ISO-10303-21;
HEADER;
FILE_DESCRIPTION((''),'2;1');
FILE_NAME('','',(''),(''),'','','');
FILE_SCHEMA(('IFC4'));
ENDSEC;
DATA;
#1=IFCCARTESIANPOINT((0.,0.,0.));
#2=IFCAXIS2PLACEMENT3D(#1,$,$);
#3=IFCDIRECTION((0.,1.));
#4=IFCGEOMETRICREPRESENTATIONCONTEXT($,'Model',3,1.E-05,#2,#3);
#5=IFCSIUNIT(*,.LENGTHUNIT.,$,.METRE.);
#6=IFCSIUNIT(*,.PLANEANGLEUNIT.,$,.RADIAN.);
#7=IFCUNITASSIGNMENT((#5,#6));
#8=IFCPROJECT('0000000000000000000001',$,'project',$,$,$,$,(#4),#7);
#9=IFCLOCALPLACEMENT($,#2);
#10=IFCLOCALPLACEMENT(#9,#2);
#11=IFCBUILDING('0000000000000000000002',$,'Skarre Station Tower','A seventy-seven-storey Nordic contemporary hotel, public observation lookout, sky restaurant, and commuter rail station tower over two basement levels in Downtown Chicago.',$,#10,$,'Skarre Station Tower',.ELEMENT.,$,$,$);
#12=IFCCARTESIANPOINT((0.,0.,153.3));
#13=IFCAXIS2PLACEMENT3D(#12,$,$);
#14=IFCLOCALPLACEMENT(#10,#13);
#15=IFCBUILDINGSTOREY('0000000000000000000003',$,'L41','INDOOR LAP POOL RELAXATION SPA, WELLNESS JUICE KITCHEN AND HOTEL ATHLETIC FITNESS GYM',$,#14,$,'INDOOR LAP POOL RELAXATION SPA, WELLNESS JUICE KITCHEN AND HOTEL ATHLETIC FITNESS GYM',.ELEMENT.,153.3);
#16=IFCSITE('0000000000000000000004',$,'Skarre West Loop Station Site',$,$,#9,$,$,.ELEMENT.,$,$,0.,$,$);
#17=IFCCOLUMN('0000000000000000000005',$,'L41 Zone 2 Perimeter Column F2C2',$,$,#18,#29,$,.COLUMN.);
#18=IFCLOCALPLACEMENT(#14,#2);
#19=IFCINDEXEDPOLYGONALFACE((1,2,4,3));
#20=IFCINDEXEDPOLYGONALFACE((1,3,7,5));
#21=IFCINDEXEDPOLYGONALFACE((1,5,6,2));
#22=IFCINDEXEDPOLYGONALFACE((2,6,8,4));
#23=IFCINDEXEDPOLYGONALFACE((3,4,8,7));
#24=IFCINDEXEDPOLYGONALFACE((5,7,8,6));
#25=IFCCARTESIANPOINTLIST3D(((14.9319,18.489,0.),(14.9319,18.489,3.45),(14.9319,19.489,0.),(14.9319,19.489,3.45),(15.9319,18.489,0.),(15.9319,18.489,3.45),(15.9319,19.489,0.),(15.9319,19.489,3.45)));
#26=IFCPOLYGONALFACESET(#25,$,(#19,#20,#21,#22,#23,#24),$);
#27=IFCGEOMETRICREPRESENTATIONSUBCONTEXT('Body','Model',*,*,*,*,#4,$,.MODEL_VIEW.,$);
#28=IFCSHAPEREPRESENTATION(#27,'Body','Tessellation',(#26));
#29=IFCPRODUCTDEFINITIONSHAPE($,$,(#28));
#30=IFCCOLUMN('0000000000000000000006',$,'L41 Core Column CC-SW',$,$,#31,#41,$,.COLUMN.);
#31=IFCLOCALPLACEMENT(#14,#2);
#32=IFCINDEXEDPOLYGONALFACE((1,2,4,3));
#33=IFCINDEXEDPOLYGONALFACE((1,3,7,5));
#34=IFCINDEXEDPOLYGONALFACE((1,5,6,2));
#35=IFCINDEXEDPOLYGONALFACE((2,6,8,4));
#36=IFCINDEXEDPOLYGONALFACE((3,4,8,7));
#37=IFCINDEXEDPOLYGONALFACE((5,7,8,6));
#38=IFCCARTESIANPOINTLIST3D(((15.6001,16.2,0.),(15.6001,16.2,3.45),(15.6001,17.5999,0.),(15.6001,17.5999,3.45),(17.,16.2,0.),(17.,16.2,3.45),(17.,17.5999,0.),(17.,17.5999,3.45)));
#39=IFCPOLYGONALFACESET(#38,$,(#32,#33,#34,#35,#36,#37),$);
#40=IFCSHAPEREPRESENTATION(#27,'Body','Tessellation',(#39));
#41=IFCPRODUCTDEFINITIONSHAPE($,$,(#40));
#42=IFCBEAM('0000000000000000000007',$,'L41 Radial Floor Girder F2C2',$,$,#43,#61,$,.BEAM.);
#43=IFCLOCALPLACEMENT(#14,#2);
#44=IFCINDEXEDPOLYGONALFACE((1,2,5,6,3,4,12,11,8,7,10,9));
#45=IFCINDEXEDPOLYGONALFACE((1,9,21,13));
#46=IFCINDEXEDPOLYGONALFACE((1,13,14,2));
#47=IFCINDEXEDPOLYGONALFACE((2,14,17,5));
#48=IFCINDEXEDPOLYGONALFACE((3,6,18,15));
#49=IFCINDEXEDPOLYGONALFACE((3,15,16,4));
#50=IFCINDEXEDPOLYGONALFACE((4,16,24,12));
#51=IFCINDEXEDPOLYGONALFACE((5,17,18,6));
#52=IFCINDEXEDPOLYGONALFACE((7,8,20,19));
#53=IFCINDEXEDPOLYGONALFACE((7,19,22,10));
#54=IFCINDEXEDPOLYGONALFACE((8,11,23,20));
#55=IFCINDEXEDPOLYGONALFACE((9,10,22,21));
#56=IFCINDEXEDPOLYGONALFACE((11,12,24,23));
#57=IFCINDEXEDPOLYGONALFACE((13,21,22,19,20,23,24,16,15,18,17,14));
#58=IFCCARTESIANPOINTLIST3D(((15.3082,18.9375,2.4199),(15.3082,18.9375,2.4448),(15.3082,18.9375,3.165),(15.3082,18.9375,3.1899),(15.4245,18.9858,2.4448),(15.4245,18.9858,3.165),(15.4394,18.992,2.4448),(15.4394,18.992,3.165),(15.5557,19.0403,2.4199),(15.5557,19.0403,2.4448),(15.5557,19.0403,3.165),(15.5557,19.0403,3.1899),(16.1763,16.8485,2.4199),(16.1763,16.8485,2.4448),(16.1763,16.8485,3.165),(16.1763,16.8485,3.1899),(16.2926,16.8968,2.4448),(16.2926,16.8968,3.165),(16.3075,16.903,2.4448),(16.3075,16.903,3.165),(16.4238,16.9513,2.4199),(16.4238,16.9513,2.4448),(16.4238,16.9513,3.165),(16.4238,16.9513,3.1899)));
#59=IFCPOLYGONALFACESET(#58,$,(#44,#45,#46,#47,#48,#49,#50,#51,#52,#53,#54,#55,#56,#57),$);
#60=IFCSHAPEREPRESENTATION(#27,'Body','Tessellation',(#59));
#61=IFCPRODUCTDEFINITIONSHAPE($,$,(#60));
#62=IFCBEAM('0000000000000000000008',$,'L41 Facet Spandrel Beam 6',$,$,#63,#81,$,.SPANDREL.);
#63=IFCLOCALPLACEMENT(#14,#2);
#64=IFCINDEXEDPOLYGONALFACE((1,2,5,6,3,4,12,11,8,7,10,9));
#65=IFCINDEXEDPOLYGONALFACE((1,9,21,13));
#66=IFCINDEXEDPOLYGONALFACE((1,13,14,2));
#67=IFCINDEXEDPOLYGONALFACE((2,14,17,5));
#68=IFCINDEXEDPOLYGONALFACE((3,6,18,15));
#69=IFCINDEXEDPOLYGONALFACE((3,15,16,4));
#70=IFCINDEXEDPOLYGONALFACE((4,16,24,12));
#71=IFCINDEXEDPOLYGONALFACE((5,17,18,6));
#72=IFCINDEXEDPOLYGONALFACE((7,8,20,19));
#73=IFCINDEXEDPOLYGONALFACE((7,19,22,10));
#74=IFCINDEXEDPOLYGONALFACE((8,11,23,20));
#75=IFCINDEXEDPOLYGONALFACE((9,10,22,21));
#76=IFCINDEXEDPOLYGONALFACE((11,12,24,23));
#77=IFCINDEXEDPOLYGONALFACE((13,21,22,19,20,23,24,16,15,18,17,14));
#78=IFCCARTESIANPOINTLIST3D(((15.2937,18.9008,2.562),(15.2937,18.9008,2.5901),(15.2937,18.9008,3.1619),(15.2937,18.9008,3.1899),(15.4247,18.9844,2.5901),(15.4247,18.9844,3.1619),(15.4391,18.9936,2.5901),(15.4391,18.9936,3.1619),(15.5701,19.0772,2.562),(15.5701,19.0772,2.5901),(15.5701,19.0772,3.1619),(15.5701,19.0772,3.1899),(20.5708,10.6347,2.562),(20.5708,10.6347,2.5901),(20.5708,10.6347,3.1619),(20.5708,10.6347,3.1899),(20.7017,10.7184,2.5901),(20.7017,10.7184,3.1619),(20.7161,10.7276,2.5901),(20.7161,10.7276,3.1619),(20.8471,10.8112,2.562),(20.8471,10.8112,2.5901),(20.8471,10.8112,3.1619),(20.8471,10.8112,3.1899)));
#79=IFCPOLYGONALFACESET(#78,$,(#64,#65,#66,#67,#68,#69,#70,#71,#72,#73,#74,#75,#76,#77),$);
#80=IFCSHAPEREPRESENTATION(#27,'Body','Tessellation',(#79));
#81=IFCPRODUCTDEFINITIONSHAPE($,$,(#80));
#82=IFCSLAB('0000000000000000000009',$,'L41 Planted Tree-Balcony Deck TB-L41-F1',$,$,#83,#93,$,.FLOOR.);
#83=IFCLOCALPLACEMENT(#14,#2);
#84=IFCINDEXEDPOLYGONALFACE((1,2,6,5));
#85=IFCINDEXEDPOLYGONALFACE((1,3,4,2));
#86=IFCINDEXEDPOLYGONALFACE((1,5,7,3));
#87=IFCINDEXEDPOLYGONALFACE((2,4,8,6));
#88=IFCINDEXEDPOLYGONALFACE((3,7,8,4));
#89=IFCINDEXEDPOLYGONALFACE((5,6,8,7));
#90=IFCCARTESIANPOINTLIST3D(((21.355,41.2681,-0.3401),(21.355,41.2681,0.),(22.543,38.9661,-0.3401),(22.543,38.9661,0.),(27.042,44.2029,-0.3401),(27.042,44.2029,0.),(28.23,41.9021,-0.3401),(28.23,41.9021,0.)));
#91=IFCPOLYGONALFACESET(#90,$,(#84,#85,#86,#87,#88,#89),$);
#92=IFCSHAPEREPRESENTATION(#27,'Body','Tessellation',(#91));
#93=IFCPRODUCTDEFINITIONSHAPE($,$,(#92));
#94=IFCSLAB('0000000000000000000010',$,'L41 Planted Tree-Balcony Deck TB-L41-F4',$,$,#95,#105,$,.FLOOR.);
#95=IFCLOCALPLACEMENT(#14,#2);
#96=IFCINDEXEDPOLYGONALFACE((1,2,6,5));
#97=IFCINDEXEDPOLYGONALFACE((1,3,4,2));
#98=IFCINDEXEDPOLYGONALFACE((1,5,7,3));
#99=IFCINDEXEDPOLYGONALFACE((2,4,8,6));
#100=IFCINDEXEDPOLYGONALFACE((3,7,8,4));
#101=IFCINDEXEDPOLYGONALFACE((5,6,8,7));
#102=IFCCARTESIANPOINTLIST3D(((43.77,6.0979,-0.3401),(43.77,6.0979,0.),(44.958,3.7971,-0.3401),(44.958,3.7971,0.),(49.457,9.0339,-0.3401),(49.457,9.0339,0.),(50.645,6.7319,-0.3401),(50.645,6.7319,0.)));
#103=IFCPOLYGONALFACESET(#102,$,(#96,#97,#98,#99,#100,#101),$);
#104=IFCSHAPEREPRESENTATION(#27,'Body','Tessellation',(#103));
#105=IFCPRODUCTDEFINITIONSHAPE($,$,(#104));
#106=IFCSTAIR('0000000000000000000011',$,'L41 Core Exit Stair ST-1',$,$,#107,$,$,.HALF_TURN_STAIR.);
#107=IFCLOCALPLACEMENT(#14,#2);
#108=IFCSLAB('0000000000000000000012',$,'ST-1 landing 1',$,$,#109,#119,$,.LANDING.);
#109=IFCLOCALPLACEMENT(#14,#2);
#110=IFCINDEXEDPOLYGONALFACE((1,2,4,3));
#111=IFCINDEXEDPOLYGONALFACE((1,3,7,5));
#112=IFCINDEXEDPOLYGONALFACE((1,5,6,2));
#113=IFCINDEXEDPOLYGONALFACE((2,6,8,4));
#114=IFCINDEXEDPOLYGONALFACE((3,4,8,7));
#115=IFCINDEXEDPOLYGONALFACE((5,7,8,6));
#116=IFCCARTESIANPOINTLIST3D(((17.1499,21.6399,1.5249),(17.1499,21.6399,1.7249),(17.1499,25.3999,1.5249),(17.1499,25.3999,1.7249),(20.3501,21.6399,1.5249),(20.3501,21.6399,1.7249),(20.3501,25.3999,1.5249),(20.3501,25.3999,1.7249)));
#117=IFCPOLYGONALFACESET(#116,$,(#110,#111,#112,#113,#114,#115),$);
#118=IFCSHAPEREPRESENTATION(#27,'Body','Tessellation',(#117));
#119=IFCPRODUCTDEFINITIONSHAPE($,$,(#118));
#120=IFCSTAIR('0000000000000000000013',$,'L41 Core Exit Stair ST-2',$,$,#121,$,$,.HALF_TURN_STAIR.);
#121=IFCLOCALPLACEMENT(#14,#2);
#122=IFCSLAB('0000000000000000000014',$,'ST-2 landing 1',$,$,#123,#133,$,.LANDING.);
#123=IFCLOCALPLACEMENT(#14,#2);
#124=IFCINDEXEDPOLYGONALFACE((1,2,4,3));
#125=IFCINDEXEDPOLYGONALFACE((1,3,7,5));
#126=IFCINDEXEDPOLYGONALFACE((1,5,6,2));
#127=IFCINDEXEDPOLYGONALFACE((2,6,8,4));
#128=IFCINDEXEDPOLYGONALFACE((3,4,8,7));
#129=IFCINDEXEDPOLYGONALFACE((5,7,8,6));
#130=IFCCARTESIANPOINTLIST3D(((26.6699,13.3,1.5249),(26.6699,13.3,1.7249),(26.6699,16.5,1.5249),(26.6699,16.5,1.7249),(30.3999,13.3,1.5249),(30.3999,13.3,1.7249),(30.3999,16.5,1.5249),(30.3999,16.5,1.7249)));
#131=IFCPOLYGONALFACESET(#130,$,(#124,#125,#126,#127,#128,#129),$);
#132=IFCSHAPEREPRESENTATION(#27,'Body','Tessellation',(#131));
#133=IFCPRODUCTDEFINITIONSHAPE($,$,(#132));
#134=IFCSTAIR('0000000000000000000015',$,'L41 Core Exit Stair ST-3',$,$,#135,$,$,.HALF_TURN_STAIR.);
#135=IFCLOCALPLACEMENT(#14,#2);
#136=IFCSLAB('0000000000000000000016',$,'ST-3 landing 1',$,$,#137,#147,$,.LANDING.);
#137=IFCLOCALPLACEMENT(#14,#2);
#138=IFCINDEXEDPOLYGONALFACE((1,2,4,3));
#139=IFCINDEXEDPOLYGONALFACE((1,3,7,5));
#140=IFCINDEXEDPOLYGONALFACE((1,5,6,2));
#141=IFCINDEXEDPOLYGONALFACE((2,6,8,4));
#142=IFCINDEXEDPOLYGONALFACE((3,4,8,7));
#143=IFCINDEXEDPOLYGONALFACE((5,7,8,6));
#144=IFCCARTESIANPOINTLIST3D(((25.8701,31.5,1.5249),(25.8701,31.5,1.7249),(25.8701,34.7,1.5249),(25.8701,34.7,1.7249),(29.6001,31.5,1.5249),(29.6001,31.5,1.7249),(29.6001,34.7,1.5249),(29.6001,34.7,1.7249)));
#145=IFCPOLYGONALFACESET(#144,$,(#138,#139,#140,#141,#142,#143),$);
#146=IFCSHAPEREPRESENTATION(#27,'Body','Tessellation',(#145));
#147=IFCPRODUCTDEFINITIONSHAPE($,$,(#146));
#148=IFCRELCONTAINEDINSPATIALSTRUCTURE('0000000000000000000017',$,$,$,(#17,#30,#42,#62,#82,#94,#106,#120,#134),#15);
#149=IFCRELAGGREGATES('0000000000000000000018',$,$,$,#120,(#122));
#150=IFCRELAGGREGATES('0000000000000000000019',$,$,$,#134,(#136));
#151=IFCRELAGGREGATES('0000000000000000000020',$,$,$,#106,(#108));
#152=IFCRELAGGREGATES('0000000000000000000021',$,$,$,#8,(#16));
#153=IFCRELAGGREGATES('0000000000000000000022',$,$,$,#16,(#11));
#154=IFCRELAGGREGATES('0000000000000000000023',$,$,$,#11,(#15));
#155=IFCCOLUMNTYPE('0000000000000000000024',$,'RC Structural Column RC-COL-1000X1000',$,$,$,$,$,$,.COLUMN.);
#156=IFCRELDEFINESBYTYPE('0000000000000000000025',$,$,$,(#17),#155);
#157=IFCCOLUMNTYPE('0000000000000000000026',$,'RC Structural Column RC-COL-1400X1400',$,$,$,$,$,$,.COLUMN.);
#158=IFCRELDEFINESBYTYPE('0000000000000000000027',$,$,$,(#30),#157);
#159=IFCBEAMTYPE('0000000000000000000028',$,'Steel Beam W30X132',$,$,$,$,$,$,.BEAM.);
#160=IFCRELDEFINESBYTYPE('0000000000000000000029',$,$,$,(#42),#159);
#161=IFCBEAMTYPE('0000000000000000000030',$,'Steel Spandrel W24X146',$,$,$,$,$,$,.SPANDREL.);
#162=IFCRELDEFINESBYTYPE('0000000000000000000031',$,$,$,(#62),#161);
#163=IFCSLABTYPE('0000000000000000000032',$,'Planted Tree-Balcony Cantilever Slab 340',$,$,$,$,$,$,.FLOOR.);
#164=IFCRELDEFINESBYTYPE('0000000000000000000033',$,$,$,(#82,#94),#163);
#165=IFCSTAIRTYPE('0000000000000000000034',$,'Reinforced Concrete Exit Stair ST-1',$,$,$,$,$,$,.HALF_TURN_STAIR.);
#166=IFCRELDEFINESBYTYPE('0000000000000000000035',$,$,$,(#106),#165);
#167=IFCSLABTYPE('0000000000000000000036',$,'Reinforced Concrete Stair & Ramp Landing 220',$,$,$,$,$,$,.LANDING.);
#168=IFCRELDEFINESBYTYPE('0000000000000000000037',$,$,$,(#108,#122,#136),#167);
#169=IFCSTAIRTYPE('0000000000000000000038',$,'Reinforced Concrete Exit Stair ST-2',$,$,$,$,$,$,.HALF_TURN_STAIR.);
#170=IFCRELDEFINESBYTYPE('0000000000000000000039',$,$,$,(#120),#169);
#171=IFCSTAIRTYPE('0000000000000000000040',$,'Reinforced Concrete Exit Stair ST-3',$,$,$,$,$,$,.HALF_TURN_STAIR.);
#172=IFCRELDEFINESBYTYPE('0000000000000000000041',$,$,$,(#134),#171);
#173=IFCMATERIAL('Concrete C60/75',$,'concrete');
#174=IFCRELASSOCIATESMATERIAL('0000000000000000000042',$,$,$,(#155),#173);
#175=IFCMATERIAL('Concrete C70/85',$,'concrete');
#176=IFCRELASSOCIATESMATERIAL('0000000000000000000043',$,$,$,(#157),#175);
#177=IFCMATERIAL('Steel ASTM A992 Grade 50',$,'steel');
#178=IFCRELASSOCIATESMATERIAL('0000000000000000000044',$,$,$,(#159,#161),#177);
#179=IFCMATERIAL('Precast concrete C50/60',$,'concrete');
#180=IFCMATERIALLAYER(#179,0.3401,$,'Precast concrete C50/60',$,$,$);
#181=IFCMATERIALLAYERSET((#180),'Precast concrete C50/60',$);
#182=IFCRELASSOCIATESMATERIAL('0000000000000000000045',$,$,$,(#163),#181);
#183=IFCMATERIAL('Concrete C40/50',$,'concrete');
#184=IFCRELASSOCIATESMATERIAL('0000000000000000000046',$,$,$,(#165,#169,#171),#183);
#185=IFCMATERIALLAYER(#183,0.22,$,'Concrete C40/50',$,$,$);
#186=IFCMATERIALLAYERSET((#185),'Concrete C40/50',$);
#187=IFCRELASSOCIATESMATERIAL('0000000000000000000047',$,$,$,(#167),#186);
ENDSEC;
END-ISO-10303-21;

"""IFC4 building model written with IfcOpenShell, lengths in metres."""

from ifc_helpers import new_model, si_unit, direction, frame, origin, origin_2d, place, context, subcontext, project, spatial, polyline, rectangle, i_section, outline, extrude, material, layer, layer_set, material_profile, profile_set, type_object, element, aggregate, save


model = new_model("IFC4")

# Units and contexts
model_context = context("Model", 3, precision=1e-05, world=origin(), true_north=direction((0.0, 1.0)))
body_context = subcontext(model_context, "Body", "Model", "MODEL_VIEW")
ifc_project = project(units=[si_unit("LENGTHUNIT", "METRE"), si_unit("PLANEANGLEUNIT", "RADIAN")], contexts=[model_context])

# Site, building, storey
site_placement = place(None, origin())
site = spatial("IfcSite", under=ifc_project, at=site_placement, Name="Skarre West Loop Station Site", CompositionType="ELEMENT", RefElevation=0.0)
building_placement = place(site_placement, origin())
building = spatial("IfcBuilding", under=site, at=building_placement, Name="Skarre Station Tower", Description="A seventy-seven-storey Nordic contemporary hotel, public observation lookout, sky restaurant, and commuter rail station tower over two basement levels in Downtown Chicago.", LongName="Skarre Station Tower", CompositionType="ELEMENT")
storey_placement = place(building_placement, frame((0.0, 0.0, 153.3)))
storey = spatial("IfcBuildingStorey", under=building, at=storey_placement, Name="L41", Description="INDOOR LAP POOL RELAXATION SPA, WELLNESS JUICE KITCHEN AND HOTEL ATHLETIC FITNESS GYM", LongName="INDOOR LAP POOL RELAXATION SPA, WELLNESS JUICE KITCHEN AND HOTEL ATHLETIC FITNESS GYM", CompositionType="ELEMENT", Elevation=153.3)

# Columns
ifc_material_1 = material(Name="Concrete C60/75", Category="concrete")
ifc_material_profile_1 = material_profile(ifc_material_1, rectangle(XDim=1.0, YDim=1.0, at=origin_2d()), Name="Concrete C60/75")
ifc_profile_set_1 = profile_set([ifc_material_profile_1], Name="Concrete C60/75")
column_type_1 = type_object("IfcColumnType", Name="RC Structural Column RC-COL-1000X1000", PredefinedType="COLUMN", material=ifc_profile_set_1)
column_1_placement = place(storey_placement, frame((15.4319, 18.989, 0.0), z_axis=(0.0, 0.0, 1.0), x_axis=(1.0, 0.0, 0.0)))
element("IfcColumn", 1, at=column_1_placement, inside=storey, type_object=column_type_1, Name="L41 Zone 2 Perimeter Column F2C2", PredefinedType="COLUMN", context=body_context, shape_type="SweptSolid", body=[
    extrude(rectangle(XDim=1.0, YDim=1.0, at=origin_2d()), origin(), (0.0, 0.0, 1.0), 3.45),
])
ifc_material_2 = material(Name="Concrete C70/85", Category="concrete")
ifc_material_profile_2 = material_profile(ifc_material_2, rectangle(XDim=1.3999, YDim=1.3999, at=origin_2d()), Name="Concrete C70/85")
ifc_profile_set_2 = profile_set([ifc_material_profile_2], Name="Concrete C70/85")
column_type_2 = type_object("IfcColumnType", Name="RC Structural Column RC-COL-1400X1400", PredefinedType="COLUMN", material=ifc_profile_set_2)
column_2_placement = place(storey_placement, frame((16.3, 16.8999, 0.0), z_axis=(0.0, 0.0, 1.0), x_axis=(1.0, 0.0, 0.0)))
element("IfcColumn", 2, at=column_2_placement, inside=storey, type_object=column_type_2, Name="L41 Core Column CC-SW", PredefinedType="COLUMN", context=body_context, shape_type="SweptSolid", body=[
    extrude(rectangle(XDim=1.3999, YDim=1.3999, at=origin_2d()), origin(), (0.0, 0.0, 1.0), 3.45),
])

# Beams
ifc_material_3 = material(Name="Steel ASTM A992 Grade 50", Category="steel")
ifc_material_profile_3 = material_profile(ifc_material_3, i_section(OverallWidth=0.2681, OverallDepth=0.77, WebThickness=0.0161, FlangeThickness=0.0249, at=origin_2d()), Name="Steel ASTM A992 Grade 50")
ifc_profile_set_3 = profile_set([ifc_material_profile_3], Name="Steel ASTM A992 Grade 50")
beam_type_1 = type_object("IfcBeamType", Name="Steel Beam W30X132", PredefinedType="BEAM", material=ifc_profile_set_3)
beam_1_placement = place(storey_placement, frame((16.3, 16.8999, 2.8049), z_axis=(-0.383749, 0.923437, 0.0), x_axis=(-0.923437, -0.383749, 0.0)))
element("IfcBeam", 3, at=beam_1_placement, inside=storey, type_object=beam_type_1, Name="L41 Radial Floor Girder F2C2", PredefinedType="BEAM", context=body_context, shape_type="SweptSolid", body=[
    extrude(i_section(OverallWidth=0.2681, OverallDepth=0.77, WebThickness=0.0161, FlangeThickness=0.0249, at=origin_2d()), origin(), (0.0, 0.0, 1.0), 2.2622),
])
ifc_material_profile_4 = material_profile(ifc_material_3, i_section(OverallWidth=0.3279, OverallDepth=0.6279, WebThickness=0.0171, FlangeThickness=0.0281, at=origin_2d()), Name="Steel ASTM A992 Grade 50")
ifc_profile_set_4 = profile_set([ifc_material_profile_4], Name="Steel ASTM A992 Grade 50")
beam_type_2 = type_object("IfcBeamType", Name="Steel Spandrel W24X146", PredefinedType="SPANDREL", material=ifc_profile_set_4)
beam_2_placement = place(storey_placement, frame((15.4319, 18.989, 2.876), z_axis=(0.538098, -0.842883, 0.0), x_axis=(0.842883, 0.538098, 0.0)))
element("IfcBeam", 4, at=beam_2_placement, inside=storey, type_object=beam_type_2, Name="L41 Facet Spandrel Beam 6", PredefinedType="SPANDREL", context=body_context, shape_type="SweptSolid", body=[
    extrude(i_section(OverallWidth=0.3279, OverallDepth=0.6279, WebThickness=0.0171, FlangeThickness=0.0281, at=origin_2d()), origin(), (0.0, 0.0, 1.0), 9.8069),
])

# Slabs
ifc_material_4 = material(Name="Precast concrete C50/60", Category="concrete")
ifc_layer_1 = layer(ifc_material_4, 0.3401, Name="Precast concrete C50/60")
ifc_layer_set_1 = layer_set([ifc_layer_1], Name="Precast concrete C50/60")
slab_type_1 = type_object("IfcSlabType", Name="Planted Tree-Balcony Cantilever Slab 340", PredefinedType="FLOOR", material=ifc_layer_set_1)
slab_1_placement = place(storey_placement, frame((0.0, 0.0, -0.3401)))
element("IfcSlab", 5, at=slab_1_placement, inside=storey, type_object=slab_type_1, Name="L41 Planted Tree-Balcony Deck TB-L41-F1", PredefinedType="FLOOR", context=body_context, shape_type="SweptSolid", body=[
    extrude(outline(polyline([(28.23, 41.9021), (22.543, 38.9661), (21.355, 41.2681), (27.042, 44.2029), (28.23, 41.9021)])), origin(), (0.0, 0.0, 1.0), 0.3401),
])
slab_2_placement = place(storey_placement, frame((0.0, 0.0, -0.3401)))
element("IfcSlab", 6, at=slab_2_placement, inside=storey, type_object=slab_type_1, Name="L41 Planted Tree-Balcony Deck TB-L41-F4", PredefinedType="FLOOR", context=body_context, shape_type="SweptSolid", body=[
    extrude(outline(polyline([(43.77, 6.0979), (49.457, 9.0339), (50.645, 6.7319), (44.958, 3.7971), (43.77, 6.0979)])), origin(), (0.0, 0.0, 1.0), 0.3401),
])

# Stairs, slabs
ifc_material_5 = material(Name="Concrete C40/50", Category="concrete")
stair_type_1 = type_object("IfcStairType", Name="Reinforced Concrete Exit Stair ST-1", PredefinedType="HALF_TURN_STAIR", material=ifc_material_5)
stair_1_placement = place(storey_placement, origin())
stair_1 = element("IfcStair", 7, at=stair_1_placement, inside=storey, type_object=stair_type_1, Name="L41 Core Exit Stair ST-1", PredefinedType="HALF_TURN_STAIR")
ifc_layer_2 = layer(ifc_material_5, 0.22, Name="Concrete C40/50")
ifc_layer_set_2 = layer_set([ifc_layer_2], Name="Concrete C40/50")
slab_type_2 = type_object("IfcSlabType", Name="Reinforced Concrete Stair & Ramp Landing 220", PredefinedType="LANDING", material=ifc_layer_set_2)
slab_3_placement = place(storey_placement, frame((0.0, 0.0, 1.5249)))
slab_3 = element("IfcSlab", 8, at=slab_3_placement, type_object=slab_type_2, Name="ST-1 landing 1", PredefinedType="LANDING", context=body_context, shape_type="SweptSolid", body=[
    extrude(outline(polyline([(20.3501, 21.6399), (20.3501, 25.3999), (17.1499, 25.3999), (17.1499, 21.6399), (20.3501, 21.6399)])), origin(), (0.0, 0.0, 1.0), 0.2),
])
stair_type_2 = type_object("IfcStairType", Name="Reinforced Concrete Exit Stair ST-2", PredefinedType="HALF_TURN_STAIR", material=ifc_material_5)
stair_2_placement = place(storey_placement, origin())
stair_2 = element("IfcStair", 9, at=stair_2_placement, inside=storey, type_object=stair_type_2, Name="L41 Core Exit Stair ST-2", PredefinedType="HALF_TURN_STAIR")
slab_4_placement = place(storey_placement, frame((0.0, 0.0, 1.5249)))
slab_4 = element("IfcSlab", 10, at=slab_4_placement, type_object=slab_type_2, Name="ST-2 landing 1", PredefinedType="LANDING", context=body_context, shape_type="SweptSolid", body=[
    extrude(outline(polyline([(26.6699, 13.3), (30.3999, 13.3), (30.3999, 16.5), (26.6699, 16.5), (26.6699, 13.3)])), origin(), (0.0, 0.0, 1.0), 0.2),
])
aggregate(stair_2, [slab_4])
stair_type_3 = type_object("IfcStairType", Name="Reinforced Concrete Exit Stair ST-3", PredefinedType="HALF_TURN_STAIR", material=ifc_material_5)
stair_3_placement = place(storey_placement, origin())
stair_3 = element("IfcStair", 11, at=stair_3_placement, inside=storey, type_object=stair_type_3, Name="L41 Core Exit Stair ST-3", PredefinedType="HALF_TURN_STAIR")
slab_5_placement = place(storey_placement, frame((0.0, 0.0, 1.5249)))
slab_5 = element("IfcSlab", 12, at=slab_5_placement, type_object=slab_type_2, Name="ST-3 landing 1", PredefinedType="LANDING", context=body_context, shape_type="SweptSolid", body=[
    extrude(outline(polyline([(25.8701, 31.5), (29.6001, 31.5), (29.6001, 34.7), (25.8701, 34.7), (25.8701, 31.5)])), origin(), (0.0, 0.0, 1.0), 0.2),
])
aggregate(stair_3, [slab_5])

aggregate(stair_1, [slab_3])

save(model, "model.ifc")
